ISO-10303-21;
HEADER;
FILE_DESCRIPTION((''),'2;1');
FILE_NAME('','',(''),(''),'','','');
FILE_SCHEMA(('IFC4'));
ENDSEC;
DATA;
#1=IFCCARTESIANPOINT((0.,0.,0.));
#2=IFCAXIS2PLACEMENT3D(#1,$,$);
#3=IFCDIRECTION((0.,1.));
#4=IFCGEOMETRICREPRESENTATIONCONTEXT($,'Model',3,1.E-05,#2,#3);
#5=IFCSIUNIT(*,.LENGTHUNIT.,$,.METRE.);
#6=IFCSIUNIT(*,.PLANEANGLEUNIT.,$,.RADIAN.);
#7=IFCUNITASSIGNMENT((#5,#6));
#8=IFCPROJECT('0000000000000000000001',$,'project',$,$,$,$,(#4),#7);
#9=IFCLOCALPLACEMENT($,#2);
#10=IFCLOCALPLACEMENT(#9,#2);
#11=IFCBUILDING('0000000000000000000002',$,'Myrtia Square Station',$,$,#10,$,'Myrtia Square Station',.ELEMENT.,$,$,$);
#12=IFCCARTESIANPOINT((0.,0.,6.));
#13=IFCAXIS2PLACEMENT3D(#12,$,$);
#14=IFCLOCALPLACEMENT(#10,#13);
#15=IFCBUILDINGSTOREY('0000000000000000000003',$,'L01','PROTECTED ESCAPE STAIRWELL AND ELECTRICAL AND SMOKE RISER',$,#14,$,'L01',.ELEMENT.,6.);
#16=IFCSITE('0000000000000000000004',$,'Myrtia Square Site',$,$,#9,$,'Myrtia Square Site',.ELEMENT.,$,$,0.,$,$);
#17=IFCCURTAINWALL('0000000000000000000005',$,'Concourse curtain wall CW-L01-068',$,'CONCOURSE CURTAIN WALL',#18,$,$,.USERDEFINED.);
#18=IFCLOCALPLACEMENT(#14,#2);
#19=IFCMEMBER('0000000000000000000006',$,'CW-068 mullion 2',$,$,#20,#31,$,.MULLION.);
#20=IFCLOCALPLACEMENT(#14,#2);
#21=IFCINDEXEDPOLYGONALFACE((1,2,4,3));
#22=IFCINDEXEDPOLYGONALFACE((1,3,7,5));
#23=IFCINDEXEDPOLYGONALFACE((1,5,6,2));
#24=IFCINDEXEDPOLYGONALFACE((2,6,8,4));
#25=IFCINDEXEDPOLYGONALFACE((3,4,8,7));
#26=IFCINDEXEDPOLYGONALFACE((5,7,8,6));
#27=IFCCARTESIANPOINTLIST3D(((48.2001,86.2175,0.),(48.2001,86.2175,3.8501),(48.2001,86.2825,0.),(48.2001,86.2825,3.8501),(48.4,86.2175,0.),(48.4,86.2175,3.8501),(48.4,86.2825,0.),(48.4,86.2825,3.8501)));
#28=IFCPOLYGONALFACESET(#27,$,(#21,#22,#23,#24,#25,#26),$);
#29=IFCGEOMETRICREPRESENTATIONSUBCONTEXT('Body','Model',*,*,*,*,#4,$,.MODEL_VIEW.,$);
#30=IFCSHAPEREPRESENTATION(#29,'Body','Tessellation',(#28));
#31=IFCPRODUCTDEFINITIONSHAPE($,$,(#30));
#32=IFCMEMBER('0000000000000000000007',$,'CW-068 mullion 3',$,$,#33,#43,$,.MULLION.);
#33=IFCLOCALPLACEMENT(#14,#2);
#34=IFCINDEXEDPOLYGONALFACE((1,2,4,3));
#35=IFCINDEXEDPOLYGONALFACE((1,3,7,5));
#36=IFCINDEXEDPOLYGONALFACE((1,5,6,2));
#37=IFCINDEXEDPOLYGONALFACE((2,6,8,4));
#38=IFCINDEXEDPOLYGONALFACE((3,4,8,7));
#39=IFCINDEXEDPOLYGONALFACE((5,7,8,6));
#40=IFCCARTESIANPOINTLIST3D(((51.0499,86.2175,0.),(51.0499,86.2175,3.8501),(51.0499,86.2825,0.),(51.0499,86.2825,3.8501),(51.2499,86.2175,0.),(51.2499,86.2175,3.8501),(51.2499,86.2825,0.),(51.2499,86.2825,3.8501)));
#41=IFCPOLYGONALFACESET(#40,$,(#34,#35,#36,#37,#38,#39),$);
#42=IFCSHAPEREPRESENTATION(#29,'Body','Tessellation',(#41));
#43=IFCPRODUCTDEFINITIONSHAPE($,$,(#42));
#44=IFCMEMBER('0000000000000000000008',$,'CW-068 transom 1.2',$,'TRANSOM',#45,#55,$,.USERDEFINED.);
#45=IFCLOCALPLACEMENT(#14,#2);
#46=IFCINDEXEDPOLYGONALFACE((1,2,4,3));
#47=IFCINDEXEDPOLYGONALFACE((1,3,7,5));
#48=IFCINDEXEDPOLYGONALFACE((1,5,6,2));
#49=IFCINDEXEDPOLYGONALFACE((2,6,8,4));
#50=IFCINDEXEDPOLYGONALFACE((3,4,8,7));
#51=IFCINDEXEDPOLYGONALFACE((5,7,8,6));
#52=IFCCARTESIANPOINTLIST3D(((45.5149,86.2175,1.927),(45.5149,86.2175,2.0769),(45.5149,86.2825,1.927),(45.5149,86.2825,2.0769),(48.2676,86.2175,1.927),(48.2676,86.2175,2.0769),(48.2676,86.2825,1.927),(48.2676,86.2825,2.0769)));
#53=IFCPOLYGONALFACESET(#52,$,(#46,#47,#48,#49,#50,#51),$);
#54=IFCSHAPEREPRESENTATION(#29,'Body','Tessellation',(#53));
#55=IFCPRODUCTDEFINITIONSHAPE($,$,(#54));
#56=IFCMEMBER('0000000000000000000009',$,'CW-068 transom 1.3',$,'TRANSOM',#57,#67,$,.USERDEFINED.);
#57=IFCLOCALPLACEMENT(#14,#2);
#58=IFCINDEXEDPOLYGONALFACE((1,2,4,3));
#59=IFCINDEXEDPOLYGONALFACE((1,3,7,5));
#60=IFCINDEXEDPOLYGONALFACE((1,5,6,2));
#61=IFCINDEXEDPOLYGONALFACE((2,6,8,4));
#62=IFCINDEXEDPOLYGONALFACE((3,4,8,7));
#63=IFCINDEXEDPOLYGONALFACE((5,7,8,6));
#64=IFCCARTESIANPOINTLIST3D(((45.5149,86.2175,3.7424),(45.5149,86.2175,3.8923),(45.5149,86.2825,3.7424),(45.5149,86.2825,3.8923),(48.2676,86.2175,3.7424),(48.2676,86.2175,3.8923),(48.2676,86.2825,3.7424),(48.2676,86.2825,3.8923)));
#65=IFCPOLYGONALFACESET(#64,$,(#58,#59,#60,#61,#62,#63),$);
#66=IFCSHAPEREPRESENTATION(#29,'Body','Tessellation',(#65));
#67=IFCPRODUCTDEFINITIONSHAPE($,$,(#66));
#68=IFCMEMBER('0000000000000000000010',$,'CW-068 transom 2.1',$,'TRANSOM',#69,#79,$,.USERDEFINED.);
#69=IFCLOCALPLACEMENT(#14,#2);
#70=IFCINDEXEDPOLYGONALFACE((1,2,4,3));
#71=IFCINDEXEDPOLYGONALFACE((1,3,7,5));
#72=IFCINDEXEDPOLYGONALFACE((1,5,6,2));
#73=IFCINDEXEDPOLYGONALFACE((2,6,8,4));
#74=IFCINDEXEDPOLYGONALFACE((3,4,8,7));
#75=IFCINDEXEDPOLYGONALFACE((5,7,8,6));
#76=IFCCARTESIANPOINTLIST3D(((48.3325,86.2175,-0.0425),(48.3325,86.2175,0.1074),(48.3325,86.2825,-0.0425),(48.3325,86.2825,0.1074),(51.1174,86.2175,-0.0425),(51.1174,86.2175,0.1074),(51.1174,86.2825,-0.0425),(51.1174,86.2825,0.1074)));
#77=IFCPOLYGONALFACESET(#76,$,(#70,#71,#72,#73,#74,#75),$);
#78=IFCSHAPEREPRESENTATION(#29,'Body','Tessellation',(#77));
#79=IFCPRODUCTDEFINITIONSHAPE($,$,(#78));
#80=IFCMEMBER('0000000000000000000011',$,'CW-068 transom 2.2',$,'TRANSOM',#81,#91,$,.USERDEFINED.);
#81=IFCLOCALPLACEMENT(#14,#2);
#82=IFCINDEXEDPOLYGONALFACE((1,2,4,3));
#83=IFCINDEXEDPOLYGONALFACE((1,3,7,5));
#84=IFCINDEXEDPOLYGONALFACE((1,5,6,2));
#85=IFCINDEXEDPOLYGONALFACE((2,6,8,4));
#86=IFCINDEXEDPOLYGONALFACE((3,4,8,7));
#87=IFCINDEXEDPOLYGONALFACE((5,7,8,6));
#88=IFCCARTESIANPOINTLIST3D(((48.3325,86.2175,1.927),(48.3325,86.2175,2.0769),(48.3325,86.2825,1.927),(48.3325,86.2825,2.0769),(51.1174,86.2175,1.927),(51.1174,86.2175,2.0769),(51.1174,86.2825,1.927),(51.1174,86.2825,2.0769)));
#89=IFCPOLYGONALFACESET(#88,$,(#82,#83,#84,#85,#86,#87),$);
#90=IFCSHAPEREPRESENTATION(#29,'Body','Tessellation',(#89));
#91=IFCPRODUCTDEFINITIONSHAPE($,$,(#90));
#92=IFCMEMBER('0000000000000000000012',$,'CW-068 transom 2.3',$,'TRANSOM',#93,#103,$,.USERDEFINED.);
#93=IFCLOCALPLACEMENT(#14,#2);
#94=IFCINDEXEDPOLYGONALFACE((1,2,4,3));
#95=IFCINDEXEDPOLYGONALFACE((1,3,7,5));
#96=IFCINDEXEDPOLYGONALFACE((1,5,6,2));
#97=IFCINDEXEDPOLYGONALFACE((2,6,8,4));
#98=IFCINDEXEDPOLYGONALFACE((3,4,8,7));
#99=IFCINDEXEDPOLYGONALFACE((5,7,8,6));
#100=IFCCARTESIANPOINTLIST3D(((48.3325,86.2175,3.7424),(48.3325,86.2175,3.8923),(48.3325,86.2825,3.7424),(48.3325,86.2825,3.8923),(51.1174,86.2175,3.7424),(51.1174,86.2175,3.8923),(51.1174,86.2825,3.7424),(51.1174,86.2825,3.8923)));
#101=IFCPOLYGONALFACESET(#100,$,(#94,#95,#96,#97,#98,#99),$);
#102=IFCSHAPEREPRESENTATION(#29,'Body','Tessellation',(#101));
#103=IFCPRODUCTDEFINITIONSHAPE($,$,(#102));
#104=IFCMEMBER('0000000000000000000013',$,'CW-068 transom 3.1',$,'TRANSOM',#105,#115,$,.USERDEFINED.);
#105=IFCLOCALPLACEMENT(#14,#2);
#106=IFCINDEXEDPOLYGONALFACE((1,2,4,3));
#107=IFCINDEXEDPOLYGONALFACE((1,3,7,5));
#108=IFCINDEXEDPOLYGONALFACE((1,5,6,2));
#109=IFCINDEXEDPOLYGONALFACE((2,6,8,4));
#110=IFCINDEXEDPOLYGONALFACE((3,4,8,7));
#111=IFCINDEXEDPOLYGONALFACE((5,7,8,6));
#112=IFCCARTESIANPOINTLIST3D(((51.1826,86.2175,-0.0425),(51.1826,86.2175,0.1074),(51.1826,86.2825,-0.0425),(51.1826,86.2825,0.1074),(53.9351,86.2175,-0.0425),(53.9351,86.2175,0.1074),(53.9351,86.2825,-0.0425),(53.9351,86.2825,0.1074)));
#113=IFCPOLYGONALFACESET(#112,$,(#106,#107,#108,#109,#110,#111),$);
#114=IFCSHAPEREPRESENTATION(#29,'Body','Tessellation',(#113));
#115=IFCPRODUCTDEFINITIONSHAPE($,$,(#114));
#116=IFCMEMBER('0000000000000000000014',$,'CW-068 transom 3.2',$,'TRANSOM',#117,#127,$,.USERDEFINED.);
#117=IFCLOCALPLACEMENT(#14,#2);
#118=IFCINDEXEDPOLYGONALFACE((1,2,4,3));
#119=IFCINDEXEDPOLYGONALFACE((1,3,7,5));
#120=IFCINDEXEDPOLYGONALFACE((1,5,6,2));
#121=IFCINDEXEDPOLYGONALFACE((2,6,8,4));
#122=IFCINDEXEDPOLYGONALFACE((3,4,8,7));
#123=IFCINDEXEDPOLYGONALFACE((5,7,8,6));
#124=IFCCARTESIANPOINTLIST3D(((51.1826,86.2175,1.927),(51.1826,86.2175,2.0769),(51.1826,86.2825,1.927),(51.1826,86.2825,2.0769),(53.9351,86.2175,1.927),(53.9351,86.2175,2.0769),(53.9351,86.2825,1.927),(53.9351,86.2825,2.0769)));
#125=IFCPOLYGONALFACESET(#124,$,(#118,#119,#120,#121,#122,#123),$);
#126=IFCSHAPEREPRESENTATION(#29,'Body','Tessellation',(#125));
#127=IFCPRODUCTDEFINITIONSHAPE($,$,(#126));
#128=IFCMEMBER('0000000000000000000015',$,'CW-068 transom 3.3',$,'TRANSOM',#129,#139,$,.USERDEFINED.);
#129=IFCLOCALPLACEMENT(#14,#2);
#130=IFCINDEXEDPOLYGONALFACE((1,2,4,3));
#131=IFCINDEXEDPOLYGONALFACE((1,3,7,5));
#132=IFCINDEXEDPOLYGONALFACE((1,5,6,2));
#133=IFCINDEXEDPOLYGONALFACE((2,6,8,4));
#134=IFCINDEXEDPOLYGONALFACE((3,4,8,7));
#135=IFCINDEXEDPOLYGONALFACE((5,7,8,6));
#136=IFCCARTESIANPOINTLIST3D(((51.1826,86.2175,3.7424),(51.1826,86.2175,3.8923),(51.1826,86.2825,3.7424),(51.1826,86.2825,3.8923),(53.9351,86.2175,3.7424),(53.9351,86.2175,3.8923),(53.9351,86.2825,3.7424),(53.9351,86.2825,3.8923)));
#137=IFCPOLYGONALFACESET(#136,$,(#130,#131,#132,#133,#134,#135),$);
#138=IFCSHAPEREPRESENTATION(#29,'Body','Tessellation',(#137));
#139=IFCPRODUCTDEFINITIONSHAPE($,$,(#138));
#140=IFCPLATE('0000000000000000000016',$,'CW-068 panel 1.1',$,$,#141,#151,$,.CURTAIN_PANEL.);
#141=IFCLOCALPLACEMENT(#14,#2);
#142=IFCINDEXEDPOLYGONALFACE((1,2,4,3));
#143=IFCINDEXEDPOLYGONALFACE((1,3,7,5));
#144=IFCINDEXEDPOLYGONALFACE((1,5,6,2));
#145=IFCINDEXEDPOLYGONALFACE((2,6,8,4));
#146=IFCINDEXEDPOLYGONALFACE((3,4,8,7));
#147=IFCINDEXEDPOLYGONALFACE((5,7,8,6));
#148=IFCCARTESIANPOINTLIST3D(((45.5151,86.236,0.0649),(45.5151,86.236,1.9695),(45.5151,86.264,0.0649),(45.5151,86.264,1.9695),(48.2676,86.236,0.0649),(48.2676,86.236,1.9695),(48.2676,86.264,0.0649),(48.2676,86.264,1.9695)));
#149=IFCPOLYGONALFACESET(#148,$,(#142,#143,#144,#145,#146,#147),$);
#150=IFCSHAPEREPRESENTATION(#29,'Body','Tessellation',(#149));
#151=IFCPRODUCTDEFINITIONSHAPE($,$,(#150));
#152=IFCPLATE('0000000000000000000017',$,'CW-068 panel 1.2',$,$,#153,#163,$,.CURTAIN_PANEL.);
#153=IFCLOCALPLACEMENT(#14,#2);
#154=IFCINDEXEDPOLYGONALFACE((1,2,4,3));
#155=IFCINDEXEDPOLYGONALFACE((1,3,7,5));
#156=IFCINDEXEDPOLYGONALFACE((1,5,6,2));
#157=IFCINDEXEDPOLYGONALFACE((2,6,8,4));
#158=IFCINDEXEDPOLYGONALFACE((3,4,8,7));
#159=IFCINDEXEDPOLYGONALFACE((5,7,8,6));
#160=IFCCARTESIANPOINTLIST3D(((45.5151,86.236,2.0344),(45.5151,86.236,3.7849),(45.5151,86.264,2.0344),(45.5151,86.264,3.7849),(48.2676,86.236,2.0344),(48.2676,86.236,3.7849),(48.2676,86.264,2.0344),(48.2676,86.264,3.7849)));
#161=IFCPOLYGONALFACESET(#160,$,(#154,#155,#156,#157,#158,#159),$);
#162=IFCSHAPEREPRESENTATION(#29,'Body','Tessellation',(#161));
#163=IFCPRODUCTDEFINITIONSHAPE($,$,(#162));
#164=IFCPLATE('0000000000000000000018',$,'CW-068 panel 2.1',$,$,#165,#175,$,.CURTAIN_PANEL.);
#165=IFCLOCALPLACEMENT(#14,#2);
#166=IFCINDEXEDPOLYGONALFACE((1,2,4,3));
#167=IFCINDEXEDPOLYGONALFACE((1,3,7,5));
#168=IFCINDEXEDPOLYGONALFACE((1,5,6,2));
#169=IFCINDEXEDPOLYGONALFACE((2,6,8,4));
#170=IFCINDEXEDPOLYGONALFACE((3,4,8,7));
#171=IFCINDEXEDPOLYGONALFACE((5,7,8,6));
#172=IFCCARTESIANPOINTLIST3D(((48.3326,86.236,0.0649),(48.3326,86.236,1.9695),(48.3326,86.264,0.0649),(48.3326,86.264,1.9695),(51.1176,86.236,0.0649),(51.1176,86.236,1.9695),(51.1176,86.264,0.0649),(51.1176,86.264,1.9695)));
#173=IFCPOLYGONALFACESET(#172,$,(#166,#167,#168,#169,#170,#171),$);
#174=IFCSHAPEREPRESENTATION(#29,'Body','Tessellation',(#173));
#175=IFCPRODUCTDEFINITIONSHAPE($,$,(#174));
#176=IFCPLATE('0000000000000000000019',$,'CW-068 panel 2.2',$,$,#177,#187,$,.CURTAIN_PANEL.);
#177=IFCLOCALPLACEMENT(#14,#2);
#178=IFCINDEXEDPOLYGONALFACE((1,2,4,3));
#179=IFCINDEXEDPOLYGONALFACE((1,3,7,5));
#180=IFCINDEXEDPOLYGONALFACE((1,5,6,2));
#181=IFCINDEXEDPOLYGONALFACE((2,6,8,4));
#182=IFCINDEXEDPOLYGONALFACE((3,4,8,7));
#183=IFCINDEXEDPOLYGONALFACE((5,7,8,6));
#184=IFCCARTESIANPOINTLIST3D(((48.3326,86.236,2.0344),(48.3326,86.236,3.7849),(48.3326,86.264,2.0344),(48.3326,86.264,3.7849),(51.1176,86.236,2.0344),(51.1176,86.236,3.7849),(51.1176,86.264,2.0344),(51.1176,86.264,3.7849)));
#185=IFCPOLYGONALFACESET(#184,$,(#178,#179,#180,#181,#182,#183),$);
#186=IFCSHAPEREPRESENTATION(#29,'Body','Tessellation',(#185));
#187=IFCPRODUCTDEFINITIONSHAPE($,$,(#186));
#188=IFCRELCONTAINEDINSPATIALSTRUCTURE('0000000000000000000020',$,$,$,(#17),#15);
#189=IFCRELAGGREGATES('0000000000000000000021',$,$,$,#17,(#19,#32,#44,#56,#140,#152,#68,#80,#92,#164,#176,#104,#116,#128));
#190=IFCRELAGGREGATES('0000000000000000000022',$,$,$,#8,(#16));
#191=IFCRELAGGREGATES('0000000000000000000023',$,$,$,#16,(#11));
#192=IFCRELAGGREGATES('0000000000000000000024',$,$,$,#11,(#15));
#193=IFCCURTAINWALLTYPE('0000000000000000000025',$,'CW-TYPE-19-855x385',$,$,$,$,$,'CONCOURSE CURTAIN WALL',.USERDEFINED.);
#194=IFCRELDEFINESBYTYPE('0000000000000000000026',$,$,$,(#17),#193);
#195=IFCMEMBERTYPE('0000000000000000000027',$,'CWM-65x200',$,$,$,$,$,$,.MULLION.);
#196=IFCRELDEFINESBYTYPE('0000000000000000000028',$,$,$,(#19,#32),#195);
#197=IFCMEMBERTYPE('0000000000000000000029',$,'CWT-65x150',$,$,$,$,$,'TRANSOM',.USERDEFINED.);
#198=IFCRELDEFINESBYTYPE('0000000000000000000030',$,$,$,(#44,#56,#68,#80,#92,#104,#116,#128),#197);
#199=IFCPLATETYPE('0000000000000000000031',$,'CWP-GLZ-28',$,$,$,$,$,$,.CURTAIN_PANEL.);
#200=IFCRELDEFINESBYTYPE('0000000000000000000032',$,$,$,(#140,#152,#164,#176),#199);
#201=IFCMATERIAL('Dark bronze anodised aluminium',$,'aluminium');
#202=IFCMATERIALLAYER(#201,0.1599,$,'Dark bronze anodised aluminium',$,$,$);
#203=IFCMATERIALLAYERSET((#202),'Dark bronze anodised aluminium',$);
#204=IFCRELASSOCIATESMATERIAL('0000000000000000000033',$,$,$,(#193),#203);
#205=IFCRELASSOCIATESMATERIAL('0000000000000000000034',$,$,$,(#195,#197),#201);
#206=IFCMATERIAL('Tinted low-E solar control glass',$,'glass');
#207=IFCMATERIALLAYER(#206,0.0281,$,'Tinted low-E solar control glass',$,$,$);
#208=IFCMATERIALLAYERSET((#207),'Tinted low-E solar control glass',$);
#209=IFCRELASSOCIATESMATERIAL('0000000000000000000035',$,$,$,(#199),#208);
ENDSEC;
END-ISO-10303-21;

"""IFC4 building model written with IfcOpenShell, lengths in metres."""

from ifc_helpers import new_model, si_unit, direction, frame, origin, origin_2d, place, context, subcontext, project, spatial, rectangle, extrude, material, layer, layer_set, material_profile, profile_set, type_object, element, aggregate, save


model = new_model("IFC4")

# Units and contexts
model_context = context("Model", 3, precision=1e-05, world=origin(), true_north=direction((0.0, 1.0)))
body_context = subcontext(model_context, "Body", "Model", "MODEL_VIEW")
ifc_project = project(units=[si_unit("LENGTHUNIT", "METRE"), si_unit("PLANEANGLEUNIT", "RADIAN")], contexts=[model_context])

# Site, building, storey
site_placement = place(None, origin())
site = spatial("IfcSite", under=ifc_project, at=site_placement, Name="Myrtia Square Site", LongName="Myrtia Square Site", CompositionType="ELEMENT", RefElevation=0.0)
building_placement = place(site_placement, origin())
building = spatial("IfcBuilding", under=site, at=building_placement, Name="Myrtia Square Station", LongName="Myrtia Square Station", CompositionType="ELEMENT")
storey_placement = place(building_placement, frame((0.0, 0.0, 6.0)))
storey = spatial("IfcBuildingStorey", under=building, at=storey_placement, Name="L01", Description="PROTECTED ESCAPE STAIRWELL AND ELECTRICAL AND SMOKE RISER", LongName="L01", CompositionType="ELEMENT", Elevation=6.0)

# Curtain wall, members, plates
ifc_material_1 = material(Name="Dark bronze anodised aluminium", Category="aluminium")
ifc_layer_1 = layer(ifc_material_1, 0.1599, Name="Dark bronze anodised aluminium")
ifc_layer_set_1 = layer_set([ifc_layer_1], Name="Dark bronze anodised aluminium")
curtain_wall_type = type_object("IfcCurtainWallType", Name="CW-TYPE-19-855x385", ElementType="CONCOURSE CURTAIN WALL", PredefinedType="USERDEFINED", material=ifc_layer_set_1)
curtain_wall_placement = place(storey_placement, origin())
curtain_wall = element("IfcCurtainWall", 1, at=curtain_wall_placement, inside=storey, type_object=curtain_wall_type, Name="Concourse curtain wall CW-L01-068", ObjectType="CONCOURSE CURTAIN WALL", PredefinedType="USERDEFINED")
ifc_material_profile_1 = material_profile(ifc_material_1, rectangle(XDim=0.0649, YDim=0.2, at=origin_2d()), Name="ALU-M 65x200")
ifc_profile_set_1 = profile_set([ifc_material_profile_1], Name="Dark bronze anodised aluminium")
member_type_1 = type_object("IfcMemberType", Name="CWM-65x200", PredefinedType="MULLION", material=ifc_profile_set_1)
member_1_placement = place(storey_placement, frame((48.3, 86.25, 0.0), z_axis=(0.0, 0.0, 1.0), x_axis=(0.0, 1.0, 0.0)))
member_1 = element("IfcMember", 2, at=member_1_placement, type_object=member_type_1, Name="CW-068 mullion 2", PredefinedType="MULLION", context=body_context, shape_type="SweptSolid", body=[
    extrude(rectangle(XDim=0.0649, YDim=0.2, at=origin_2d()), origin(), (0.0, 0.0, 1.0), 3.8501),
])
member_2_placement = place(storey_placement, frame((51.1499, 86.25, 0.0), z_axis=(0.0, 0.0, 1.0), x_axis=(0.0, 1.0, 0.0)))
member_2 = element("IfcMember", 3, at=member_2_placement, type_object=member_type_1, Name="CW-068 mullion 3", PredefinedType="MULLION", context=body_context, shape_type="SweptSolid", body=[
    extrude(rectangle(XDim=0.0649, YDim=0.2, at=origin_2d()), origin(), (0.0, 0.0, 1.0), 3.8501),
])
ifc_material_profile_2 = material_profile(ifc_material_1, rectangle(XDim=0.0649, YDim=0.1499, at=origin_2d()), Name="ALU-T 65x150")
ifc_profile_set_2 = profile_set([ifc_material_profile_2], Name="Dark bronze anodised aluminium")
member_type_2 = type_object("IfcMemberType", Name="CWT-65x150", ElementType="TRANSOM", PredefinedType="USERDEFINED", material=ifc_profile_set_2)
member_3_placement = place(storey_placement, frame((45.5149, 86.25, 2.002), z_axis=(1.0, 0.0, 0.0), x_axis=(0.0, 1.0, 0.0)))
member_3 = element("IfcMember", 4, at=member_3_placement, type_object=member_type_2, Name="CW-068 transom 1.2", ObjectType="TRANSOM", PredefinedType="USERDEFINED", context=body_context, shape_type="SweptSolid", body=[
    extrude(rectangle(XDim=0.0649, YDim=0.1499, at=origin_2d()), origin(), (0.0, 0.0, 1.0), 2.7527),
])
member_4_placement = place(storey_placement, frame((45.5149, 86.25, 3.8174), z_axis=(1.0, 0.0, 0.0), x_axis=(0.0, 1.0, 0.0)))
member_4 = element("IfcMember", 5, at=member_4_placement, type_object=member_type_2, Name="CW-068 transom 1.3", ObjectType="TRANSOM", PredefinedType="USERDEFINED", context=body_context, shape_type="SweptSolid", body=[
    extrude(rectangle(XDim=0.0649, YDim=0.1499, at=origin_2d()), origin(), (0.0, 0.0, 1.0), 2.7527),
])
member_5_placement = place(storey_placement, frame((48.3325, 86.25, 0.0325), z_axis=(1.0, 0.0, 0.0), x_axis=(0.0, 1.0, 0.0)))
member_5 = element("IfcMember", 6, at=member_5_placement, type_object=member_type_2, Name="CW-068 transom 2.1", ObjectType="TRANSOM", PredefinedType="USERDEFINED", context=body_context, shape_type="SweptSolid", body=[
    extrude(rectangle(XDim=0.0649, YDim=0.1499, at=origin_2d()), origin(), (0.0, 0.0, 1.0), 2.7849),
])
member_6_placement = place(storey_placement, frame((48.3325, 86.25, 2.002), z_axis=(1.0, 0.0, 0.0), x_axis=(0.0, 1.0, 0.0)))
member_6 = element("IfcMember", 7, at=member_6_placement, type_object=member_type_2, Name="CW-068 transom 2.2", ObjectType="TRANSOM", PredefinedType="USERDEFINED", context=body_context, shape_type="SweptSolid", body=[
    extrude(rectangle(XDim=0.0649, YDim=0.1499, at=origin_2d()), origin(), (0.0, 0.0, 1.0), 2.7849),
])
member_7_placement = place(storey_placement, frame((48.3325, 86.25, 3.8174), z_axis=(1.0, 0.0, 0.0), x_axis=(0.0, 1.0, 0.0)))
member_7 = element("IfcMember", 8, at=member_7_placement, type_object=member_type_2, Name="CW-068 transom 2.3", ObjectType="TRANSOM", PredefinedType="USERDEFINED", context=body_context, shape_type="SweptSolid", body=[
    extrude(rectangle(XDim=0.0649, YDim=0.1499, at=origin_2d()), origin(), (0.0, 0.0, 1.0), 2.7849),
])
member_8_placement = place(storey_placement, frame((51.1826, 86.25, 0.0325), z_axis=(1.0, 0.0, 0.0), x_axis=(0.0, 1.0, 0.0)))
member_8 = element("IfcMember", 9, at=member_8_placement, type_object=member_type_2, Name="CW-068 transom 3.1", ObjectType="TRANSOM", PredefinedType="USERDEFINED", context=body_context, shape_type="SweptSolid", body=[
    extrude(rectangle(XDim=0.0649, YDim=0.1499, at=origin_2d()), origin(), (0.0, 0.0, 1.0), 2.7524),
])
member_9_placement = place(storey_placement, frame((51.1826, 86.25, 2.002), z_axis=(1.0, 0.0, 0.0), x_axis=(0.0, 1.0, 0.0)))
member_9 = element("IfcMember", 10, at=member_9_placement, type_object=member_type_2, Name="CW-068 transom 3.2", ObjectType="TRANSOM", PredefinedType="USERDEFINED", context=body_context, shape_type="SweptSolid", body=[
    extrude(rectangle(XDim=0.0649, YDim=0.1499, at=origin_2d()), origin(), (0.0, 0.0, 1.0), 2.7524),
])
member_10_placement = place(storey_placement, frame((51.1826, 86.25, 3.8174), z_axis=(1.0, 0.0, 0.0), x_axis=(0.0, 1.0, 0.0)))
member_10 = element("IfcMember", 11, at=member_10_placement, type_object=member_type_2, Name="CW-068 transom 3.3", ObjectType="TRANSOM", PredefinedType="USERDEFINED", context=body_context, shape_type="SweptSolid", body=[
    extrude(rectangle(XDim=0.0649, YDim=0.1499, at=origin_2d()), origin(), (0.0, 0.0, 1.0), 2.7524),
])
ifc_material_2 = material(Name="Tinted low-E solar control glass", Category="glass")
ifc_layer_2 = layer(ifc_material_2, 0.0281, Name="Tinted low-E solar control glass")
ifc_layer_set_2 = layer_set([ifc_layer_2], Name="Tinted low-E solar control glass")
plate_type = type_object("IfcPlateType", Name="CWP-GLZ-28", PredefinedType="CURTAIN_PANEL", material=ifc_layer_set_2)
plate_1_placement = place(storey_placement, frame((46.8914, 86.25, 0.0649), z_axis=(0.0, 0.0, 1.0), x_axis=(1.0, 0.0, 0.0)))
plate_1 = element("IfcPlate", 12, at=plate_1_placement, type_object=plate_type, Name="CW-068 panel 1.1", PredefinedType="CURTAIN_PANEL", context=body_context, shape_type="SweptSolid", body=[
    extrude(rectangle(XDim=2.7524, YDim=0.0281, at=origin_2d()), origin(), (0.0, 0.0, 1.0), 1.9045),
])
plate_2_placement = place(storey_placement, frame((46.8914, 86.25, 2.0344), z_axis=(0.0, 0.0, 1.0), x_axis=(1.0, 0.0, 0.0)))
plate_2 = element("IfcPlate", 13, at=plate_2_placement, type_object=plate_type, Name="CW-068 panel 1.2", PredefinedType="CURTAIN_PANEL", context=body_context, shape_type="SweptSolid", body=[
    extrude(rectangle(XDim=2.7524, YDim=0.0281, at=origin_2d()), origin(), (0.0, 0.0, 1.0), 1.7505),
])
plate_3_placement = place(storey_placement, frame((49.7251, 86.25, 0.0649), z_axis=(0.0, 0.0, 1.0), x_axis=(1.0, 0.0, 0.0)))
plate_3 = element("IfcPlate", 14, at=plate_3_placement, type_object=plate_type, Name="CW-068 panel 2.1", PredefinedType="CURTAIN_PANEL", context=body_context, shape_type="SweptSolid", body=[
    extrude(rectangle(XDim=2.7849, YDim=0.0281, at=origin_2d()), origin(), (0.0, 0.0, 1.0), 1.9045),
])
plate_4_placement = place(storey_placement, frame((49.7251, 86.25, 2.0344), z_axis=(0.0, 0.0, 1.0), x_axis=(1.0, 0.0, 0.0)))
plate_4 = element("IfcPlate", 15, at=plate_4_placement, type_object=plate_type, Name="CW-068 panel 2.2", PredefinedType="CURTAIN_PANEL", context=body_context, shape_type="SweptSolid", body=[
    extrude(rectangle(XDim=2.7849, YDim=0.0281, at=origin_2d()), origin(), (0.0, 0.0, 1.0), 1.7505),
])
aggregate(curtain_wall, [member_1, member_2, member_3, member_4, plate_1, plate_2, member_5, member_6, member_7, plate_3, plate_4, member_8, member_9, member_10])

save(model, "model.ifc")
